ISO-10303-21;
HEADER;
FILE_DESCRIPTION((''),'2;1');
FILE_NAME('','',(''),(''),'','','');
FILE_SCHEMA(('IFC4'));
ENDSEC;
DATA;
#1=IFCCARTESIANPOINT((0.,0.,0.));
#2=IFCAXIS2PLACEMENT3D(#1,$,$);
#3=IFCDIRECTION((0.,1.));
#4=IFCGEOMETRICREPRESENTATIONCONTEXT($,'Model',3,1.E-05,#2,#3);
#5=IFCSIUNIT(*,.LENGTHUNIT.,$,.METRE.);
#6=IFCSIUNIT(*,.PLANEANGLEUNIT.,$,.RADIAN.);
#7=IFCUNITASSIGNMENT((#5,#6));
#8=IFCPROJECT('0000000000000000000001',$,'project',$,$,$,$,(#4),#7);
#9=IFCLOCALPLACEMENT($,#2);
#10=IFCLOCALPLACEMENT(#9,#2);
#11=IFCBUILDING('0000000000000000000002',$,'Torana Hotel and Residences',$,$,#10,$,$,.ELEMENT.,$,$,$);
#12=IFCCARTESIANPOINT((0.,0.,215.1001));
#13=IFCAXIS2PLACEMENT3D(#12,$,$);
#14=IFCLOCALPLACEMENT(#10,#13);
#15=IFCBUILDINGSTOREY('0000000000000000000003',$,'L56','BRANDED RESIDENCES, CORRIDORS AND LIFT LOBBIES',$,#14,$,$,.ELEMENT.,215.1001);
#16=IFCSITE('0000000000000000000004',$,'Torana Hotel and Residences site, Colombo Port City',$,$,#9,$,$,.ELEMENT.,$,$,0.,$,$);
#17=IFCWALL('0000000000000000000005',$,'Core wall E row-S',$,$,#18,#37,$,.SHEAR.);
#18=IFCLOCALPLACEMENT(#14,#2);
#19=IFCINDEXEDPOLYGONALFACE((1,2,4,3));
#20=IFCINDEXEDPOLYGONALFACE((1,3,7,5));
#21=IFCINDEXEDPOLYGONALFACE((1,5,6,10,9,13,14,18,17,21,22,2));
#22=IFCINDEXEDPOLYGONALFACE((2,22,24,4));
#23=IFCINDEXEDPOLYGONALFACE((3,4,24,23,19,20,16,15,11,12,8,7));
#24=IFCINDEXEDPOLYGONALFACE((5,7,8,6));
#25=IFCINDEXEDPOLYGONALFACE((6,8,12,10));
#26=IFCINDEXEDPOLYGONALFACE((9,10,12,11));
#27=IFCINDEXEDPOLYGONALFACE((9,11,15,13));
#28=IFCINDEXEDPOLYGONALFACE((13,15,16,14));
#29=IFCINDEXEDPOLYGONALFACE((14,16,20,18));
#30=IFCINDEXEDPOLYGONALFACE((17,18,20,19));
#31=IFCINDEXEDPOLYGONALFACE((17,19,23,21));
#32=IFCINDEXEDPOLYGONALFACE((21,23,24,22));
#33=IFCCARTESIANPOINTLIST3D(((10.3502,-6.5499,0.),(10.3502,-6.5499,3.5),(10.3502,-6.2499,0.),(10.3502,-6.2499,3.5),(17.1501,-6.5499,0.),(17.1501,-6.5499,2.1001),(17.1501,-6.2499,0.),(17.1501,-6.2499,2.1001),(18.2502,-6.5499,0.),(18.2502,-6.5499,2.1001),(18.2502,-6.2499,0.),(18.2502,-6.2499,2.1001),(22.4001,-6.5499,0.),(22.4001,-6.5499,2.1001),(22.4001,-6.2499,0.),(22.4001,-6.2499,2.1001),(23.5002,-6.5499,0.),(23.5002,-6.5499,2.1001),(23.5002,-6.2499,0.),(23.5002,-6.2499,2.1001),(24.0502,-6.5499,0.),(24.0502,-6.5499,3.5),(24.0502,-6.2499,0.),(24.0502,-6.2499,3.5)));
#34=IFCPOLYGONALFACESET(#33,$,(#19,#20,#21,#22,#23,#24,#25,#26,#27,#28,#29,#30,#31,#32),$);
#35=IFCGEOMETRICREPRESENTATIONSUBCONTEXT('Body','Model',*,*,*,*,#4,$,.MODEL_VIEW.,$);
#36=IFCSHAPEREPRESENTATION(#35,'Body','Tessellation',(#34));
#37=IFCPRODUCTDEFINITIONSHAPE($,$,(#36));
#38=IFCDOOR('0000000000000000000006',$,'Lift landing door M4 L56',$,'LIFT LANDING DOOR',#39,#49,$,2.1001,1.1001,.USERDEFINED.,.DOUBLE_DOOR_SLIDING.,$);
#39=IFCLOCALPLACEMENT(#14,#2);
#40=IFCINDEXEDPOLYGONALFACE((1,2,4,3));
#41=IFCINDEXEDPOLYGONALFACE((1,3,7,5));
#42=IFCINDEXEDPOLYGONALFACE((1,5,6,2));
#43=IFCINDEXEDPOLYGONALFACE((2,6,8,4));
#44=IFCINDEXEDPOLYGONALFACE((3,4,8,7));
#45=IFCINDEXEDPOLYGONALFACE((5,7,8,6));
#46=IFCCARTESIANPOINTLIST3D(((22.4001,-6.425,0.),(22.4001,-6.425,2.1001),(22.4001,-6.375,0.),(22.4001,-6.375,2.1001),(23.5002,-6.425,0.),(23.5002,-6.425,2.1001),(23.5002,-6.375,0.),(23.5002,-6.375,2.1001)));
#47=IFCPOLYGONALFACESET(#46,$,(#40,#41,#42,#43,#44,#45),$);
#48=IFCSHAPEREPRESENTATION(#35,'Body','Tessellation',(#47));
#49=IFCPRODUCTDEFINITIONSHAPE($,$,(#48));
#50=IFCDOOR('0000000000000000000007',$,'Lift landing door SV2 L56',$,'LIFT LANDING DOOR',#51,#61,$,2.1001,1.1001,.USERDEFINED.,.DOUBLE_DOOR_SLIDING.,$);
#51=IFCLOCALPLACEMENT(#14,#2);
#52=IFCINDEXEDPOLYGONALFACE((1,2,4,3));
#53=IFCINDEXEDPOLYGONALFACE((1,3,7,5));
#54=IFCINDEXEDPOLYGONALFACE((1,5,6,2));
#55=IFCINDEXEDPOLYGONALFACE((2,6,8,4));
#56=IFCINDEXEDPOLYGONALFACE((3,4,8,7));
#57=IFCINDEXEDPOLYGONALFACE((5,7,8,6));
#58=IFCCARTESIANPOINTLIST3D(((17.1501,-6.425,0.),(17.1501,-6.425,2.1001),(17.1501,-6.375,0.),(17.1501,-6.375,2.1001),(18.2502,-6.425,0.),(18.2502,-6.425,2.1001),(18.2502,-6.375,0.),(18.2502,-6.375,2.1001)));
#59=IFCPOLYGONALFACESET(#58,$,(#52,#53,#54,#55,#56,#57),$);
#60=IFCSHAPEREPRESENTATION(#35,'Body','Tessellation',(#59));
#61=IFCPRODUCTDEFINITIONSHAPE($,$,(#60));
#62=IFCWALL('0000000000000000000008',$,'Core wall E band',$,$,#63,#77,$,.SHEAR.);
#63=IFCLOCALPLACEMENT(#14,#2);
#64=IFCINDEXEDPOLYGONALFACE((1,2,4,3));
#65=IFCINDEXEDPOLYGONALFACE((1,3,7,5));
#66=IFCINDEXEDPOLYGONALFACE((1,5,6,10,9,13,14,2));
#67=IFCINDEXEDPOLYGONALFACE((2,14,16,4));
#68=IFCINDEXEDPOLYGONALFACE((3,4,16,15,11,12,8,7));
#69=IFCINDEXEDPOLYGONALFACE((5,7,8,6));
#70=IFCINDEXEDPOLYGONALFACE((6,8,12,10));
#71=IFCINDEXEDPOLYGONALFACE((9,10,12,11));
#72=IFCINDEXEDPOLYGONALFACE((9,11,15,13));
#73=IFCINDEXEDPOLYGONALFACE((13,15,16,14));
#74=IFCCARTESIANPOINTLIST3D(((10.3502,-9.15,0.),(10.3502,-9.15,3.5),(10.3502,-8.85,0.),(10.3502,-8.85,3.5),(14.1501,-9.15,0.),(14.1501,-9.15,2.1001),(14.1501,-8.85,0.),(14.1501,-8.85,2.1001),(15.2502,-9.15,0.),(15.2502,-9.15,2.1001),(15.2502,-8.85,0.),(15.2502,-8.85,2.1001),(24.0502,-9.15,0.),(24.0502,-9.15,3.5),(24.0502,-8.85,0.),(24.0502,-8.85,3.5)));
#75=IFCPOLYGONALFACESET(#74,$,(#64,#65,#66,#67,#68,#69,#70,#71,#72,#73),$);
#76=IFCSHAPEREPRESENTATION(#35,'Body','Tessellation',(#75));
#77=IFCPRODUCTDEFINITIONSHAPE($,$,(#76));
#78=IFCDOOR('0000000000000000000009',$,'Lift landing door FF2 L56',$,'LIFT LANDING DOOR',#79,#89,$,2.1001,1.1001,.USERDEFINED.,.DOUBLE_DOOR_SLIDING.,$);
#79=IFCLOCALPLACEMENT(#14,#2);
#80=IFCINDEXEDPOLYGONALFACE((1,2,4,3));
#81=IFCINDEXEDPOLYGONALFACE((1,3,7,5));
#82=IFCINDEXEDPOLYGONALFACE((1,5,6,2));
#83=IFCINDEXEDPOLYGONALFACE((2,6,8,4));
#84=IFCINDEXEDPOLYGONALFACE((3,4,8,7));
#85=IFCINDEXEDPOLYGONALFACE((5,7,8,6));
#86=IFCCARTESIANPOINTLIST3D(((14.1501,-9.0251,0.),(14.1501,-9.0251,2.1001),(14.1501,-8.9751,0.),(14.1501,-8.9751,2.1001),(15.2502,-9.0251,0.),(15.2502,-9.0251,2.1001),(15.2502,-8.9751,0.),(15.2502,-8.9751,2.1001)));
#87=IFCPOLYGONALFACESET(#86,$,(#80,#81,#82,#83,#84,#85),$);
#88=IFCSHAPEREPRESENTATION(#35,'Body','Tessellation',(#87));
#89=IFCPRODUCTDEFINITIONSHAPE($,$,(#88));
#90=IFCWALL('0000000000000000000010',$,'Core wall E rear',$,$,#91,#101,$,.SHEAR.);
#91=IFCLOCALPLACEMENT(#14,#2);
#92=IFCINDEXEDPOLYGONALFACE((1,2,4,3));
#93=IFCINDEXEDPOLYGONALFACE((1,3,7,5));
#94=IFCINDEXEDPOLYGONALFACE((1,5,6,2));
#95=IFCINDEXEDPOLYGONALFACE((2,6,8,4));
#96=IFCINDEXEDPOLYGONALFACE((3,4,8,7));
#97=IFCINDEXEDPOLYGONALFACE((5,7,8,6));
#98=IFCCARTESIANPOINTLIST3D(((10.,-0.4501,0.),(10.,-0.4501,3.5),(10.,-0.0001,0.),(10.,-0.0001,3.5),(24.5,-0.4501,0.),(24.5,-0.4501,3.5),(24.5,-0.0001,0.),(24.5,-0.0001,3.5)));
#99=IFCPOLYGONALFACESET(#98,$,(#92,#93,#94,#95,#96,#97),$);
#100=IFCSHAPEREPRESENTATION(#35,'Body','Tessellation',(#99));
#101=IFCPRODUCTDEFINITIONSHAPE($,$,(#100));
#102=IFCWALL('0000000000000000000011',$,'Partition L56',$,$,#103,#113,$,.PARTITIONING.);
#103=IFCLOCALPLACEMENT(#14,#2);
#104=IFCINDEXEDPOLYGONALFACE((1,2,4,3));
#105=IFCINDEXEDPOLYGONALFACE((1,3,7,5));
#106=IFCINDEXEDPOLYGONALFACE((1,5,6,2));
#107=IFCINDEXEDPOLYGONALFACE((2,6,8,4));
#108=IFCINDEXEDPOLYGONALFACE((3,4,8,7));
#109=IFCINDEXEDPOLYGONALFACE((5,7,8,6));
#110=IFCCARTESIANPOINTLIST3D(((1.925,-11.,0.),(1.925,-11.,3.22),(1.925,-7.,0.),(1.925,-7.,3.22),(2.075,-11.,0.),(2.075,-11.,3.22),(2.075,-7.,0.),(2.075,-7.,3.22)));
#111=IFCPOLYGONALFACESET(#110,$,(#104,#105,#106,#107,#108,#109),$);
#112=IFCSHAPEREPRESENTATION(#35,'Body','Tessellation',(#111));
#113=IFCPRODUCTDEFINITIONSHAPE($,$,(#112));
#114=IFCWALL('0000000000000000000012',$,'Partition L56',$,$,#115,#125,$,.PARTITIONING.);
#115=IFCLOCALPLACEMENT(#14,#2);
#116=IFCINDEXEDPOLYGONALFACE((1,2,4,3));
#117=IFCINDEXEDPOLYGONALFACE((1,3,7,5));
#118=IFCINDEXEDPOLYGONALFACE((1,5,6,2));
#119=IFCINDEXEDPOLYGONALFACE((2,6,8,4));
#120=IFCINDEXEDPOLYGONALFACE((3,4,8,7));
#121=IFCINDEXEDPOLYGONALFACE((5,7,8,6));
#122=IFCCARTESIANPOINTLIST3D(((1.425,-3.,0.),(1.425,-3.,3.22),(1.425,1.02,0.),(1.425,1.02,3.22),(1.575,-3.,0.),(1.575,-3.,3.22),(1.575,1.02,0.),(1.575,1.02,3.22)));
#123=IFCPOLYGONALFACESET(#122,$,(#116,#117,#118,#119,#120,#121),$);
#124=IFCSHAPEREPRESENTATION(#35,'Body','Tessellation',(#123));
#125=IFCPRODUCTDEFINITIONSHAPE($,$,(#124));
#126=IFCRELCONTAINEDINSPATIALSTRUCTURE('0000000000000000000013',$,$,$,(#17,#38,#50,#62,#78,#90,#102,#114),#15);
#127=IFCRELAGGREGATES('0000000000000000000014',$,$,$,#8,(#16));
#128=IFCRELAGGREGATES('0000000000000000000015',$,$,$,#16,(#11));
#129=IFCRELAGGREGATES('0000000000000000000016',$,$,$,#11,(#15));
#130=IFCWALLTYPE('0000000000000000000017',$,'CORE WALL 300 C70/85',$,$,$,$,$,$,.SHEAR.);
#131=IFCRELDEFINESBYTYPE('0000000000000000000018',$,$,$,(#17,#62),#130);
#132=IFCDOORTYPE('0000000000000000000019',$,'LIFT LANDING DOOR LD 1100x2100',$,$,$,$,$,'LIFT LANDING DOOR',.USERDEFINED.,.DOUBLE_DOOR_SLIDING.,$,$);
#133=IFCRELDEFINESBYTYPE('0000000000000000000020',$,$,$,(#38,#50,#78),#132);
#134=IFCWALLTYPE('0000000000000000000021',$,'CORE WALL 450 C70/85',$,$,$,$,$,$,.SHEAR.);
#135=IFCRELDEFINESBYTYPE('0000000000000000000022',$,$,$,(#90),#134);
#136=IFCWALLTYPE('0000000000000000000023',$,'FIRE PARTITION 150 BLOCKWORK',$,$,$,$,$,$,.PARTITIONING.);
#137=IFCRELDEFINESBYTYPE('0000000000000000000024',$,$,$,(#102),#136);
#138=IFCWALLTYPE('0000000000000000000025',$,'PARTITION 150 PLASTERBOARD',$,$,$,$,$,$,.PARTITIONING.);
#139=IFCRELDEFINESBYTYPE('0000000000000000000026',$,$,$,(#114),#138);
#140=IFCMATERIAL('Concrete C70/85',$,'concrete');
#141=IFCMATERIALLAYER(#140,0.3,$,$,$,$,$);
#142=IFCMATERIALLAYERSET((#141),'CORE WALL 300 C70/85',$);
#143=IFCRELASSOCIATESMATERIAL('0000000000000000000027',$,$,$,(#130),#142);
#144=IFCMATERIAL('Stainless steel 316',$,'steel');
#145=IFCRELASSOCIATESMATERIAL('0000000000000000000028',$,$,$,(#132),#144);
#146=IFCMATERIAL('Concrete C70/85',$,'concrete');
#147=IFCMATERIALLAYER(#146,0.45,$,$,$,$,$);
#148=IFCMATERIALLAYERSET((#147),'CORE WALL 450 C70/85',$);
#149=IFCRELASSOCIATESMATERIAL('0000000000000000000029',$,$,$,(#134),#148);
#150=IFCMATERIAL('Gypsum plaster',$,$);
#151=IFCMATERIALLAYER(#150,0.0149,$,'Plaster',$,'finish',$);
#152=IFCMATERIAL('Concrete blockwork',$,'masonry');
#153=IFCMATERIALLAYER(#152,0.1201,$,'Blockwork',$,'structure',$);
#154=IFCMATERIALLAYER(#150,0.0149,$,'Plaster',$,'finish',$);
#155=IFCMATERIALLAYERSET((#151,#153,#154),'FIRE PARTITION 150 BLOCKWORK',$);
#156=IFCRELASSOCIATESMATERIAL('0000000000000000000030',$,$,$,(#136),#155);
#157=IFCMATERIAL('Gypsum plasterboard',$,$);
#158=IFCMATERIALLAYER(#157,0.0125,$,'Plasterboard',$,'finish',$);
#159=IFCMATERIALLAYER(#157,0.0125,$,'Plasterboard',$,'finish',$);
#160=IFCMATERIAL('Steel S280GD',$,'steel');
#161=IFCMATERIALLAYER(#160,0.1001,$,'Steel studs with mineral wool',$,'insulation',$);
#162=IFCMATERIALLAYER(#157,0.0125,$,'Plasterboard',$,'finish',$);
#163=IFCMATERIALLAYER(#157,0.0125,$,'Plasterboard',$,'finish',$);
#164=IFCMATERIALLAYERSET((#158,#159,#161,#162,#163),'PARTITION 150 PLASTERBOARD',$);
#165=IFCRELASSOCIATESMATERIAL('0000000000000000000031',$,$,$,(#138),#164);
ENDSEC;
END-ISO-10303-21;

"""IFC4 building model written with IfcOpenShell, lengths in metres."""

from ifc_helpers import new_model, si_unit, direction, frame, frame_2d, origin, place, context, subcontext, project, spatial, rectangle, extrude, material, layer, layer_set, type_object, element, fill, save


model = new_model("IFC4")

# Units and contexts
model_context = context("Model", 3, precision=1e-05, world=origin(), true_north=direction((0.0, 1.0)))
body_context = subcontext(model_context, "Body", "Model", "MODEL_VIEW")
ifc_project = project(units=[si_unit("LENGTHUNIT", "METRE"), si_unit("PLANEANGLEUNIT", "RADIAN")], contexts=[model_context])

# Site, building, storey
site_placement = place(None, origin())
site = spatial("IfcSite", under=ifc_project, at=site_placement, Name="Torana Hotel and Residences site, Colombo Port City", CompositionType="ELEMENT", RefElevation=0.0)
building_placement = place(site_placement, origin())
building = spatial("IfcBuilding", under=site, at=building_placement, Name="Torana Hotel and Residences", CompositionType="ELEMENT")
storey_placement = place(building_placement, frame((0.0, 0.0, 215.1001)))
storey = spatial("IfcBuildingStorey", under=building, at=storey_placement, Name="L56", Description="BRANDED RESIDENCES, CORRIDORS AND LIFT LOBBIES", CompositionType="ELEMENT", Elevation=215.1001)

# Wall, openings, doors
ifc_material_1 = material(Name="Concrete C70/85", Category="concrete")
ifc_layer_1 = layer(ifc_material_1, 0.3)
ifc_layer_set_1 = layer_set([ifc_layer_1], Name="CORE WALL 300 C70/85")
wall_type_1 = type_object("IfcWallType", Name="CORE WALL 300 C70/85", PredefinedType="SHEAR", material=ifc_layer_set_1)
ifc_material_2 = material(Name="Stainless steel 316", Category="steel")
door_type_1 = type_object("IfcDoorType", Name="LIFT LANDING DOOR LD 1100x2100", ElementType="LIFT LANDING DOOR", OperationType="DOUBLE_DOOR_SLIDING", PredefinedType="USERDEFINED", material=ifc_material_2)
wall_1_placement = place(storey_placement, frame((10.3501, -6.3999, 0.0), z_axis=(0.0, 0.0, 1.0), x_axis=(1.0, 0.0, 0.0)))
wall_1 = element("IfcWall", 1, at=wall_1_placement, inside=storey, type_object=wall_type_1, Name="Core wall E row-S", PredefinedType="SHEAR", context=body_context, shape_type="SweptSolid", body=[
    extrude(rectangle(XDim=13.7, YDim=0.3, at=frame_2d((6.8501, 0.0))), origin(), (0.0, 0.0, 1.0), 3.5),
])
opening_1_placement = place(wall_1_placement, frame((12.05, 0.0, 0.0)))
opening_1 = element("IfcOpeningElement", 2, at=opening_1_placement, cuts=wall_1, PredefinedType="OPENING", context=body_context, shape_type="SweptSolid", body=[
    extrude(rectangle(XDim=1.1001, YDim=2.1001, at=frame_2d((0.55, 1.05))), frame((0.0, 0.1599, 0.0), z_axis=(0.0, -1.0, 0.0), x_axis=(1.0, 0.0, 0.0)), (0.0, 0.0, 1.0), 0.3201),
])
opening_2_placement = place(wall_1_placement, frame((6.8, 0.0, 0.0)))
opening_2 = element("IfcOpeningElement", 3, at=opening_2_placement, cuts=wall_1, PredefinedType="OPENING", context=body_context, shape_type="SweptSolid", body=[
    extrude(rectangle(XDim=1.1001, YDim=2.1001, at=frame_2d((0.55, 1.05))), frame((0.0, 0.1599, 0.0), z_axis=(0.0, -1.0, 0.0), x_axis=(1.0, 0.0, 0.0)), (0.0, 0.0, 1.0), 0.3201),
])
door_1_placement = place(opening_1_placement, origin())
door_1 = element("IfcDoor", 4, at=door_1_placement, inside=storey, type_object=door_type_1, Name="Lift landing door M4 L56", ObjectType="LIFT LANDING DOOR", OperationType="DOUBLE_DOOR_SLIDING", OverallHeight=2.1001, OverallWidth=1.1001, PredefinedType="USERDEFINED", context=body_context, shape_type="SweptSolid", body=[
    extrude(rectangle(XDim=1.1001, YDim=2.1001, at=frame_2d((0.55, 1.05))), frame((0.0, 0.0249, 0.0), z_axis=(0.0, -1.0, 0.0), x_axis=(1.0, 0.0, 0.0)), (0.0, 0.0, 1.0), 0.05),
])
fill(opening_1, door_1)
door_2_placement = place(opening_2_placement, origin())
door_2 = element("IfcDoor", 5, at=door_2_placement, inside=storey, type_object=door_type_1, Name="Lift landing door SV2 L56", ObjectType="LIFT LANDING DOOR", OperationType="DOUBLE_DOOR_SLIDING", OverallHeight=2.1001, OverallWidth=1.1001, PredefinedType="USERDEFINED", context=body_context, shape_type="SweptSolid", body=[
    extrude(rectangle(XDim=1.1001, YDim=2.1001, at=frame_2d((0.55, 1.05))), frame((0.0, 0.0249, 0.0), z_axis=(0.0, -1.0, 0.0), x_axis=(1.0, 0.0, 0.0)), (0.0, 0.0, 1.0), 0.05),
])
fill(opening_2, door_2)

# Wall, opening, door
wall_2_placement = place(storey_placement, frame((10.3501, -9.0, 0.0), z_axis=(0.0, 0.0, 1.0), x_axis=(1.0, 0.0, 0.0)))
wall_2 = element("IfcWall", 6, at=wall_2_placement, inside=storey, type_object=wall_type_1, Name="Core wall E band", PredefinedType="SHEAR", context=body_context, shape_type="SweptSolid", body=[
    extrude(rectangle(XDim=13.7, YDim=0.3, at=frame_2d((6.8501, 0.0))), origin(), (0.0, 0.0, 1.0), 3.5),
])
opening_3_placement = place(wall_2_placement, frame((3.8, 0.0, 0.0)))
opening_3 = element("IfcOpeningElement", 7, at=opening_3_placement, cuts=wall_2, PredefinedType="OPENING", context=body_context, shape_type="SweptSolid", body=[
    extrude(rectangle(XDim=1.1001, YDim=2.1001, at=frame_2d((0.55, 1.05))), frame((0.0, 0.1599, 0.0), z_axis=(0.0, -1.0, 0.0), x_axis=(1.0, 0.0, 0.0)), (0.0, 0.0, 1.0), 0.3201),
])
door_3_placement = place(opening_3_placement, origin())
door_3 = element("IfcDoor", 8, at=door_3_placement, inside=storey, type_object=door_type_1, Name="Lift landing door FF2 L56", ObjectType="LIFT LANDING DOOR", OperationType="DOUBLE_DOOR_SLIDING", OverallHeight=2.1001, OverallWidth=1.1001, PredefinedType="USERDEFINED", context=body_context, shape_type="SweptSolid", body=[
    extrude(rectangle(XDim=1.1001, YDim=2.1001, at=frame_2d((0.55, 1.05))), frame((0.0, 0.0249, 0.0), z_axis=(0.0, -1.0, 0.0), x_axis=(1.0, 0.0, 0.0)), (0.0, 0.0, 1.0), 0.05),
])
fill(opening_3, door_3)

# Walls
ifc_material_3 = material(Name="Concrete C70/85", Category="concrete")
ifc_layer_2 = layer(ifc_material_3, 0.45)
ifc_layer_set_2 = layer_set([ifc_layer_2], Name="CORE WALL 450 C70/85")
wall_type_2 = type_object("IfcWallType", Name="CORE WALL 450 C70/85", PredefinedType="SHEAR", material=ifc_layer_set_2)
wall_3_placement = place(storey_placement, frame((10.0, -0.2251, 0.0), z_axis=(0.0, 0.0, 1.0), x_axis=(1.0, 0.0, 0.0)))
element("IfcWall", 9, at=wall_3_placement, inside=storey, type_object=wall_type_2, Name="Core wall E rear", PredefinedType="SHEAR", context=body_context, shape_type="SweptSolid", body=[
    extrude(rectangle(XDim=14.5, YDim=0.45, at=frame_2d((7.25, 0.0))), origin(), (0.0, 0.0, 1.0), 3.5),
])
ifc_material_4 = material(Name="Gypsum plaster")
ifc_layer_3 = layer(ifc_material_4, 0.0149, Name="Plaster", Category="finish")
ifc_material_5 = material(Name="Concrete blockwork", Category="masonry")
ifc_layer_4 = layer(ifc_material_5, 0.1201, Name="Blockwork", Category="structure")
ifc_layer_5 = layer(ifc_material_4, 0.0149, Name="Plaster", Category="finish")
ifc_layer_set_3 = layer_set([ifc_layer_3, ifc_layer_4, ifc_layer_5], Name="FIRE PARTITION 150 BLOCKWORK")
wall_type_3 = type_object("IfcWallType", Name="FIRE PARTITION 150 BLOCKWORK", PredefinedType="PARTITIONING", material=ifc_layer_set_3)
wall_4_placement = place(storey_placement, frame((2.0, -11.0, 0.0), z_axis=(0.0, 0.0, 1.0), x_axis=(0.0, 1.0, 0.0)))
element("IfcWall", 10, at=wall_4_placement, inside=storey, type_object=wall_type_3, Name="Partition L56", PredefinedType="PARTITIONING", context=body_context, shape_type="SweptSolid", body=[
    extrude(rectangle(XDim=4.0, YDim=0.1499, at=frame_2d((2.0, 0.0))), origin(), (0.0, 0.0, 1.0), 3.22),
])
ifc_material_6 = material(Name="Gypsum plasterboard")
ifc_layer_6 = layer(ifc_material_6, 0.0125, Name="Plasterboard", Category="finish")
ifc_layer_7 = layer(ifc_material_6, 0.0125, Name="Plasterboard", Category="finish")
ifc_material_7 = material(Name="Steel S280GD", Category="steel")
ifc_layer_8 = layer(ifc_material_7, 0.1001, Name="Steel studs with mineral wool", Category="insulation")
ifc_layer_9 = layer(ifc_material_6, 0.0125, Name="Plasterboard", Category="finish")
ifc_layer_10 = layer(ifc_material_6, 0.0125, Name="Plasterboard", Category="finish")
ifc_layer_set_4 = layer_set([ifc_layer_6, ifc_layer_7, ifc_layer_8, ifc_layer_9, ifc_layer_10], Name="PARTITION 150 PLASTERBOARD")
wall_type_4 = type_object("IfcWallType", Name="PARTITION 150 PLASTERBOARD", PredefinedType="PARTITIONING", material=ifc_layer_set_4)
wall_5_placement = place(storey_placement, frame((1.5, -3.0, 0.0), z_axis=(0.0, 0.0, 1.0), x_axis=(0.0, 1.0, 0.0)))
element("IfcWall", 11, at=wall_5_placement, inside=storey, type_object=wall_type_4, Name="Partition L56", PredefinedType="PARTITIONING", context=body_context, shape_type="SweptSolid", body=[
    extrude(rectangle(XDim=4.02, YDim=0.1499, at=frame_2d((2.01, 0.0))), origin(), (0.0, 0.0, 1.0), 3.22),
])

save(model, "model.ifc")
